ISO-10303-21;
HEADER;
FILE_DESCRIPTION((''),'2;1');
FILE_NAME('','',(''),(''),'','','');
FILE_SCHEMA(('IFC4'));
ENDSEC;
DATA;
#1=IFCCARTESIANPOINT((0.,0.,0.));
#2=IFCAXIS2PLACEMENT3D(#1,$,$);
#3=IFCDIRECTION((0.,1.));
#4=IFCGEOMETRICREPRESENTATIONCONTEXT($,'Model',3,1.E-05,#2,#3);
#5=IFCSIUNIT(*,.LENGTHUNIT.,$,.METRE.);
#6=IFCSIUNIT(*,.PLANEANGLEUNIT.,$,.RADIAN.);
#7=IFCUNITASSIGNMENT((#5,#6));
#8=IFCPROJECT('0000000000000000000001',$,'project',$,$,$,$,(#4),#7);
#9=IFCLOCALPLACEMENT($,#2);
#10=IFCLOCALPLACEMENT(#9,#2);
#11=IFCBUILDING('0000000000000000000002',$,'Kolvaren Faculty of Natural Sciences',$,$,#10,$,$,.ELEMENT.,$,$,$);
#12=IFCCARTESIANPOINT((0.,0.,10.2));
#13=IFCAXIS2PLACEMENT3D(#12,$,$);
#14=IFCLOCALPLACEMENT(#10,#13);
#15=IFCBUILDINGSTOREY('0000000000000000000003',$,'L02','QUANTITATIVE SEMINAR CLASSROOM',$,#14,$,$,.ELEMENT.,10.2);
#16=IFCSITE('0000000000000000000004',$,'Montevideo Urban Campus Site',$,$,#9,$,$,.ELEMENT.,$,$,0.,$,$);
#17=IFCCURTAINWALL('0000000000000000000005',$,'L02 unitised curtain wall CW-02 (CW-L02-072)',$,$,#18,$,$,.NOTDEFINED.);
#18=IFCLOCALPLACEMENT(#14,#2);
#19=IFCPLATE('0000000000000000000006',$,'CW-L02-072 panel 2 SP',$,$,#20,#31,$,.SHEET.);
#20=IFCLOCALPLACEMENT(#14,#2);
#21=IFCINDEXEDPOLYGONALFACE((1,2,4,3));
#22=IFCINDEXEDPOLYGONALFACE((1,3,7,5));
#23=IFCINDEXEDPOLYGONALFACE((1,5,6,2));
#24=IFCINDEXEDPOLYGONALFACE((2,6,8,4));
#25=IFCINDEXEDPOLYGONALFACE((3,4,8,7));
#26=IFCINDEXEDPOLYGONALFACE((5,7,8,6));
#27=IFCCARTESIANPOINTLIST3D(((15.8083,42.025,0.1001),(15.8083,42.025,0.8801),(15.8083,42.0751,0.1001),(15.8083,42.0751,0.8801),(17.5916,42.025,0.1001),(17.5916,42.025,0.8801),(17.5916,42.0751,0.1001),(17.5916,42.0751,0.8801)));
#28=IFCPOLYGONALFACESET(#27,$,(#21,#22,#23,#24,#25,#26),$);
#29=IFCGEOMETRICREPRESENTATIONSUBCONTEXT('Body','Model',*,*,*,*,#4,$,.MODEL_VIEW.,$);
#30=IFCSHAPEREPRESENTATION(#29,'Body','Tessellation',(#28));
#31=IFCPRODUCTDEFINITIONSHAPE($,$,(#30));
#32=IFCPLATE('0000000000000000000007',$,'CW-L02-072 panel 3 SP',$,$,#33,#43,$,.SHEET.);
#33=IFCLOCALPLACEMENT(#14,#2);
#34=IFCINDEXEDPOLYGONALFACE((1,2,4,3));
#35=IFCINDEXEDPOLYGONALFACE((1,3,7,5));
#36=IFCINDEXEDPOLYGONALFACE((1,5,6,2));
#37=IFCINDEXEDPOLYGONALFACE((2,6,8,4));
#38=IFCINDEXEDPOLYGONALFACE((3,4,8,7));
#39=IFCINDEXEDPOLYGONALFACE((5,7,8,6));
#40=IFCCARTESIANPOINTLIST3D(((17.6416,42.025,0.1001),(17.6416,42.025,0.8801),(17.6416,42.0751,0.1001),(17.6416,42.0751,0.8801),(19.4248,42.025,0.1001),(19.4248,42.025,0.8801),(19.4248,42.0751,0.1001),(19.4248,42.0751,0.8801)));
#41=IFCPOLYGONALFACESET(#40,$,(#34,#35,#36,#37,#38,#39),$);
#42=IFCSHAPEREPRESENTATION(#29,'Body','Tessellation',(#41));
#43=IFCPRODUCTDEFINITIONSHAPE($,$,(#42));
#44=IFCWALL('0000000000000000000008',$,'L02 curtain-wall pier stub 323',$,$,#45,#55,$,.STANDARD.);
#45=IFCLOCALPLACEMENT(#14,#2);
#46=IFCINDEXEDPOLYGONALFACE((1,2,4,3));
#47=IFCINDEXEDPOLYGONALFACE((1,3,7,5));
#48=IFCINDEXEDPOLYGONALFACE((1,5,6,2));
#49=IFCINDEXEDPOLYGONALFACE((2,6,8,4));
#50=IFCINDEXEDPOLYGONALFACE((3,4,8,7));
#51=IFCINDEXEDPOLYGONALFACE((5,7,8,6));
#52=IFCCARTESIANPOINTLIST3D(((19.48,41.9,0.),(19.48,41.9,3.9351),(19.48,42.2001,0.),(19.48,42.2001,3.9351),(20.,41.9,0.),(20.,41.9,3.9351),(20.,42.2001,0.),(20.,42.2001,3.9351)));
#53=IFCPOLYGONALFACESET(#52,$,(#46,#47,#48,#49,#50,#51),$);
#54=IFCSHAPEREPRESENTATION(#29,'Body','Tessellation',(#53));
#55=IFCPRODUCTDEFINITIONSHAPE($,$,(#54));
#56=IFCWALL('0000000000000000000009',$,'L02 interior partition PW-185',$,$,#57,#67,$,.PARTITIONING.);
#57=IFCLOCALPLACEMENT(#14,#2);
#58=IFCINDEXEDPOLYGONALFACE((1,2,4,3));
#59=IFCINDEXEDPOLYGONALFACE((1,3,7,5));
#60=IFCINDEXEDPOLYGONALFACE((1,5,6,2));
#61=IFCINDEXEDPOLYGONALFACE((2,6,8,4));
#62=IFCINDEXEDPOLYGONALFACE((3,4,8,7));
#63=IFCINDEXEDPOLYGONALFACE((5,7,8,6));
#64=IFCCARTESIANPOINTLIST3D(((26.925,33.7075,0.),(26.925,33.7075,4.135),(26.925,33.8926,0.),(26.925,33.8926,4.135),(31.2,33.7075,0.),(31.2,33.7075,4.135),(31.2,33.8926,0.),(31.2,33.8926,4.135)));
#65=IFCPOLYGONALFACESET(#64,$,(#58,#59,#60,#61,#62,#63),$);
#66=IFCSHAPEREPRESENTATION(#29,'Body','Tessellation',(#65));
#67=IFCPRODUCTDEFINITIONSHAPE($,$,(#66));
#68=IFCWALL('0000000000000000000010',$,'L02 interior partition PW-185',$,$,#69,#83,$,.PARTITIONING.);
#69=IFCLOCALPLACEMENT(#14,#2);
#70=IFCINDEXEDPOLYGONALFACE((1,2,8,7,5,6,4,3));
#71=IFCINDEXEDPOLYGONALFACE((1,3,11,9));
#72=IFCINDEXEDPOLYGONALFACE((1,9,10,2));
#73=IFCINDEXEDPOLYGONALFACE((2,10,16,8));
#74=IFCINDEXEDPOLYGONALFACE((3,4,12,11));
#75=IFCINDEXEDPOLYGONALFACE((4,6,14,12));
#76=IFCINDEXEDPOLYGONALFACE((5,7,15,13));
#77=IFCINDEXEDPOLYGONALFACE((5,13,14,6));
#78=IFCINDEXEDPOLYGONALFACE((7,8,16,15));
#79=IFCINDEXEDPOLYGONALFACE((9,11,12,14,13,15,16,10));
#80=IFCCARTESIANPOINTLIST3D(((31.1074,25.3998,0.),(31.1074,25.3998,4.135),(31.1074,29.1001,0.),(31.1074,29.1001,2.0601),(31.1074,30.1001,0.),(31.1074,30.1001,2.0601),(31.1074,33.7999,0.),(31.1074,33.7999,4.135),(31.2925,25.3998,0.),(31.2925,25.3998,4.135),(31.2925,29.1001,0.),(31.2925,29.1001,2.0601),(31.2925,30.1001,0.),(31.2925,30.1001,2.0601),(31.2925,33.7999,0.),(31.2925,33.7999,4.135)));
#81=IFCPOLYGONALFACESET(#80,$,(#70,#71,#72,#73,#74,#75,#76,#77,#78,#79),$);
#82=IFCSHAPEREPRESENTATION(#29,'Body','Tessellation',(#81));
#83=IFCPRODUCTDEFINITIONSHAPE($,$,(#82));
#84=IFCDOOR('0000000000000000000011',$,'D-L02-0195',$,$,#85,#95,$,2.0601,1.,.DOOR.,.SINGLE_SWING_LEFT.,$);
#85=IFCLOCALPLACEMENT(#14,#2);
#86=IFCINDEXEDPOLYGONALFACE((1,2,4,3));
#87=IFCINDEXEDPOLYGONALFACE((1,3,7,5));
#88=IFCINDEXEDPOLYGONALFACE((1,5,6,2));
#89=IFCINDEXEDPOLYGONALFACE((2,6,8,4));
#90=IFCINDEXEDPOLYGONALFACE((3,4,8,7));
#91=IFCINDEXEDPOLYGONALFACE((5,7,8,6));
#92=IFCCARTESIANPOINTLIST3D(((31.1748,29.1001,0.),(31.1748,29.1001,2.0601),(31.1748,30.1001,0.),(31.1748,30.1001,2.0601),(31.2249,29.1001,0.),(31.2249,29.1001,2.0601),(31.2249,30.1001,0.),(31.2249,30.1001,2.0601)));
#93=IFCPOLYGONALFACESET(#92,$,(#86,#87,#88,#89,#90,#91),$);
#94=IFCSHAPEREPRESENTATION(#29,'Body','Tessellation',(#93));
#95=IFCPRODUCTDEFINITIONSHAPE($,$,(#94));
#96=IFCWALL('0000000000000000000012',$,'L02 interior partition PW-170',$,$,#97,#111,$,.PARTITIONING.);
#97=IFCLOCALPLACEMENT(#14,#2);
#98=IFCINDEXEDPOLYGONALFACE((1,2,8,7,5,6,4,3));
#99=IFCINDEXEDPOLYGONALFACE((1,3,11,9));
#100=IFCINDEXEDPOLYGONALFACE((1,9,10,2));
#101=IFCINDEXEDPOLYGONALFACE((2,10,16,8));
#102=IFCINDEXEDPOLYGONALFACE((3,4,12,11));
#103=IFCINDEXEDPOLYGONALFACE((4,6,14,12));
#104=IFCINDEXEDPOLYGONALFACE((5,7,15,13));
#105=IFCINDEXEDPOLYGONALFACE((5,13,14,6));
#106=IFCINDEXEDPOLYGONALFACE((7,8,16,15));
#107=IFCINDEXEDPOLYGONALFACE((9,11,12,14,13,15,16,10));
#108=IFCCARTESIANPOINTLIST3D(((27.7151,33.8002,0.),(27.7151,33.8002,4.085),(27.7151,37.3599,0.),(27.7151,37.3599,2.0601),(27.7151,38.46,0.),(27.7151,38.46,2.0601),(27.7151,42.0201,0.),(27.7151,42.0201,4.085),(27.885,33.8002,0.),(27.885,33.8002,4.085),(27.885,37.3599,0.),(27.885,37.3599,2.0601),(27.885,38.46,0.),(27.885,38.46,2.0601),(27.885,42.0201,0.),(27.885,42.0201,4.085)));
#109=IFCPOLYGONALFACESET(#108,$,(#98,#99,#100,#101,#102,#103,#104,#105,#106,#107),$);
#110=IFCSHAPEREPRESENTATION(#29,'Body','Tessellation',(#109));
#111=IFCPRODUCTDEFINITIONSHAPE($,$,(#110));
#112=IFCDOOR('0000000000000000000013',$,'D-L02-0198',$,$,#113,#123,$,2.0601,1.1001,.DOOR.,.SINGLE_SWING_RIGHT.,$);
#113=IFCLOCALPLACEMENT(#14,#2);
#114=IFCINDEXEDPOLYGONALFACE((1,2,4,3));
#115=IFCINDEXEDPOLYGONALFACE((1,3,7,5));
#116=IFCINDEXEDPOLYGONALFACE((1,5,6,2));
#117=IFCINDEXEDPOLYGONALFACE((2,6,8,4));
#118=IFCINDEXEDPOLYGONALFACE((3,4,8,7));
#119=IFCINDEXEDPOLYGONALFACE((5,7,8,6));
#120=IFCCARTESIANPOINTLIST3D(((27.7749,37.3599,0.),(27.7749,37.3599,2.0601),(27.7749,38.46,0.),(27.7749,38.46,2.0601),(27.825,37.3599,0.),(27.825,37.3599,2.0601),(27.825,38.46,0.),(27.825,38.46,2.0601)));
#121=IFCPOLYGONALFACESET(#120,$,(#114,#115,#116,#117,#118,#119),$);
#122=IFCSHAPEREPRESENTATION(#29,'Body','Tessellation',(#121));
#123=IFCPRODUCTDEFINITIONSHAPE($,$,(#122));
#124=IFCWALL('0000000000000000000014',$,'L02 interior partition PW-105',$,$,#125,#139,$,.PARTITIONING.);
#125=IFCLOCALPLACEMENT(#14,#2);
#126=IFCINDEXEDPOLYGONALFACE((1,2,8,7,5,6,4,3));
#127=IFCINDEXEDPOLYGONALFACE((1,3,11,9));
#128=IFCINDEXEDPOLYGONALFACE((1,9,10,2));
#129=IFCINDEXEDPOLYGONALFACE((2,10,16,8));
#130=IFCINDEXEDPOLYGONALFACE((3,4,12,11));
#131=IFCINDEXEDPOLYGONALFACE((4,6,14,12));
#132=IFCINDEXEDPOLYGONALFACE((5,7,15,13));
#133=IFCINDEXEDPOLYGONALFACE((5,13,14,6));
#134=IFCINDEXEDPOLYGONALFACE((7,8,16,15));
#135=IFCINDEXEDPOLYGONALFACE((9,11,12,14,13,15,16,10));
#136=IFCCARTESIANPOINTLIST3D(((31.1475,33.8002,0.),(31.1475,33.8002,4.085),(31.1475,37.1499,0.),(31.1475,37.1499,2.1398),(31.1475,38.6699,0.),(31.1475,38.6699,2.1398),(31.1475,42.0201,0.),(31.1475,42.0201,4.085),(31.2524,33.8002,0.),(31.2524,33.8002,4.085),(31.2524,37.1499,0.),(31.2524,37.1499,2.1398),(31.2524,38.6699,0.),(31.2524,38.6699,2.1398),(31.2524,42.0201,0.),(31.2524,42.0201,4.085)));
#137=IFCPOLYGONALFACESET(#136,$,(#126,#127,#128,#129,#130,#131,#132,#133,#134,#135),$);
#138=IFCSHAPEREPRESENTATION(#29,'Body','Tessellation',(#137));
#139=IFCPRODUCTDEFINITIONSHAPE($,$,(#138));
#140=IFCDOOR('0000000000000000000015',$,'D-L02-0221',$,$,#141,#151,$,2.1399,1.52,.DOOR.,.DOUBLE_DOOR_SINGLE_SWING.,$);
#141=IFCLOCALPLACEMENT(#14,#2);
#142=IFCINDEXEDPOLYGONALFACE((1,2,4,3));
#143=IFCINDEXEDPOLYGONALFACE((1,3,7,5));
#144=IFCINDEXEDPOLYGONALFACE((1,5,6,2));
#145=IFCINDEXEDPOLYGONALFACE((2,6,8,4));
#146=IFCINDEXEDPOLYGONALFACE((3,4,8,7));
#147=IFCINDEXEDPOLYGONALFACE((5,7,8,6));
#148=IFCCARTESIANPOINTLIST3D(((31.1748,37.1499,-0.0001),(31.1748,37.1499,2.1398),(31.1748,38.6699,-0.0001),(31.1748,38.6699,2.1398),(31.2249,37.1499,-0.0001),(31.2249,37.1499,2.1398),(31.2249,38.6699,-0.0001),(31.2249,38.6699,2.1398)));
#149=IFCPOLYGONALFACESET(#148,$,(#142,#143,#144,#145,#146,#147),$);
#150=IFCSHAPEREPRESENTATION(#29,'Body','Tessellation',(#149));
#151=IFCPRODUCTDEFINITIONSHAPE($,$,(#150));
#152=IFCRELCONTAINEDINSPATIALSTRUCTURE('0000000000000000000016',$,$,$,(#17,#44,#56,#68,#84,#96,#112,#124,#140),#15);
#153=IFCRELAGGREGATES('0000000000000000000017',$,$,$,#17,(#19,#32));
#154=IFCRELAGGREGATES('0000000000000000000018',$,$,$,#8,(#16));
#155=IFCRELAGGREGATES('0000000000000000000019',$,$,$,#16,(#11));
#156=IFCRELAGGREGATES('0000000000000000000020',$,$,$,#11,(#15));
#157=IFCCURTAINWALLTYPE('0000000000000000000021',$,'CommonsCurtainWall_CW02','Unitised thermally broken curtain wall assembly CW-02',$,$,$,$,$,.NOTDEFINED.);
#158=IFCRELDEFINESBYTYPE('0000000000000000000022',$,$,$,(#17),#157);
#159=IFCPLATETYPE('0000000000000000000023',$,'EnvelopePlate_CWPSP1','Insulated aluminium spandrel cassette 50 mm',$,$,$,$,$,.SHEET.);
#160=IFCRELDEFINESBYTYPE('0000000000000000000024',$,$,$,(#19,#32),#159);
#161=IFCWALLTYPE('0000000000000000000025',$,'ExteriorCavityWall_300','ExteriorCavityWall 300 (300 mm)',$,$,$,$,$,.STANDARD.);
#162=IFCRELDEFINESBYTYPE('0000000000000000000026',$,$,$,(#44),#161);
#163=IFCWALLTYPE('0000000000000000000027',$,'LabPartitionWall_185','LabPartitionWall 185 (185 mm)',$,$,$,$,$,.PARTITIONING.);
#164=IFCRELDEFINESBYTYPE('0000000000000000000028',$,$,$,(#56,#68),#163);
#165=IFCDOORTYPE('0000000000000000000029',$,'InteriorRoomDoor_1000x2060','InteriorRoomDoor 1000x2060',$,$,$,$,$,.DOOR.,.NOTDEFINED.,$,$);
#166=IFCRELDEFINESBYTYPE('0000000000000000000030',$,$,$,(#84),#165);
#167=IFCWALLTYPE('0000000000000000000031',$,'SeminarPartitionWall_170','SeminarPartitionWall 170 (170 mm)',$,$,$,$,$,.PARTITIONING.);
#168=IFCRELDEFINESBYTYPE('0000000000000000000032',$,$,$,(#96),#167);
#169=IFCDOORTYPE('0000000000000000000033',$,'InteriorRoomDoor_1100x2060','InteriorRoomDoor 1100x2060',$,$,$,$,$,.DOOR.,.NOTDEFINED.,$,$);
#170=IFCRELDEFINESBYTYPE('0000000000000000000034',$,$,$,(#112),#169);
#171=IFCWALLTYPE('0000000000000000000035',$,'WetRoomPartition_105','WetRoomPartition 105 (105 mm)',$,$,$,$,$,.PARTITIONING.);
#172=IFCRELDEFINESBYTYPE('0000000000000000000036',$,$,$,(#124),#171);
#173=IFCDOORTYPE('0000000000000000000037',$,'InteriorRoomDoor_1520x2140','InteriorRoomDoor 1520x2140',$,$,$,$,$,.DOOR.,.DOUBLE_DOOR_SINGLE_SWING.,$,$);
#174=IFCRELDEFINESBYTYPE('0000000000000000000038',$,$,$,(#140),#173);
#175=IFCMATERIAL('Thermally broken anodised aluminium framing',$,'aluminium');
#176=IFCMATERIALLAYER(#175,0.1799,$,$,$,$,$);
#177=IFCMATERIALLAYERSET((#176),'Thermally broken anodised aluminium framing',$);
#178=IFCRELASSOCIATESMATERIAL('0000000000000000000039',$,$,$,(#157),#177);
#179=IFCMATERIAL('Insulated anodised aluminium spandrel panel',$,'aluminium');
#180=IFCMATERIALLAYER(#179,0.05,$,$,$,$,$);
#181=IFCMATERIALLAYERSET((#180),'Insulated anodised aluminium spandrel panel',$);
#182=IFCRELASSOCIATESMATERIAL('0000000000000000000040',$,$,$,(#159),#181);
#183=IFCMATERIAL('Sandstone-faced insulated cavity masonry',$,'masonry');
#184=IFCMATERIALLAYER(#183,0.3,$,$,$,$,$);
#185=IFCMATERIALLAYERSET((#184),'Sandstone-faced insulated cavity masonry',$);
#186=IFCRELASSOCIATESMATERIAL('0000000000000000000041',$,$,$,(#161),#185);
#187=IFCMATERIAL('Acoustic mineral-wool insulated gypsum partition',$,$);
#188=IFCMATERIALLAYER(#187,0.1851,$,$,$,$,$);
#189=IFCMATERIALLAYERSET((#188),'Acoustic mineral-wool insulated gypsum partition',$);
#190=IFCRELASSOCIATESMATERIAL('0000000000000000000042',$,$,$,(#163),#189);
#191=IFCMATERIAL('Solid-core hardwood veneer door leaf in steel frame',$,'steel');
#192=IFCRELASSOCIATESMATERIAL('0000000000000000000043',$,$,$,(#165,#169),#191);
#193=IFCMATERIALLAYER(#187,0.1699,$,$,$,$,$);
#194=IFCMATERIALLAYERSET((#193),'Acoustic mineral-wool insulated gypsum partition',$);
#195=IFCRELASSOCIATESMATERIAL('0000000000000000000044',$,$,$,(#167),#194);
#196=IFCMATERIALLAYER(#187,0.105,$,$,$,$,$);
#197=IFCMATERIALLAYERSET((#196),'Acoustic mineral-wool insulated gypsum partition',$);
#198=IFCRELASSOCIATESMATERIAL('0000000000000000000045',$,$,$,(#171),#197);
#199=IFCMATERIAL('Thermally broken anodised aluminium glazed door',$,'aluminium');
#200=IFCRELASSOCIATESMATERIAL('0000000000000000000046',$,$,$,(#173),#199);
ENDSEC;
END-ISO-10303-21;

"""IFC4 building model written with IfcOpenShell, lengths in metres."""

from ifc_helpers import new_model, si_unit, direction, frame, frame_2d, origin, origin_2d, place, context, subcontext, project, spatial, rectangle, extrude, material, layer, layer_set, type_object, element, fill, aggregate, save


model = new_model("IFC4")

# Units and contexts
model_context = context("Model", 3, precision=1e-05, world=origin(), true_north=direction((0.0, 1.0)))
body_context = subcontext(model_context, "Body", "Model", "MODEL_VIEW")
ifc_project = project(units=[si_unit("LENGTHUNIT", "METRE"), si_unit("PLANEANGLEUNIT", "RADIAN")], contexts=[model_context])

# Site, building, storey
site_placement = place(None, origin())
site = spatial("IfcSite", under=ifc_project, at=site_placement, Name="Montevideo Urban Campus Site", CompositionType="ELEMENT", RefElevation=0.0)
building_placement = place(site_placement, origin())
building = spatial("IfcBuilding", under=site, at=building_placement, Name="Kolvaren Faculty of Natural Sciences", CompositionType="ELEMENT")
storey_placement = place(building_placement, frame((0.0, 0.0, 10.2)))
storey = spatial("IfcBuildingStorey", under=building, at=storey_placement, Name="L02", Description="QUANTITATIVE SEMINAR CLASSROOM", CompositionType="ELEMENT", Elevation=10.2)

# Curtain wall
ifc_material_1 = material(Name="Thermally broken anodised aluminium framing", Category="aluminium")
ifc_layer_1 = layer(ifc_material_1, 0.1799)
ifc_layer_set_1 = layer_set([ifc_layer_1], Name="Thermally broken anodised aluminium framing")
curtain_wall_type = type_object("IfcCurtainWallType", Name="CommonsCurtainWall_CW02", Description="Unitised thermally broken curtain wall assembly CW-02", PredefinedType="NOTDEFINED", material=ifc_layer_set_1)
curtain_wall_placement = place(storey_placement, origin())
curtain_wall = element("IfcCurtainWall", 1, at=curtain_wall_placement, inside=storey, type_object=curtain_wall_type, Name="L02 unitised curtain wall CW-02 (CW-L02-072)", PredefinedType="NOTDEFINED")

# Plates
ifc_material_2 = material(Name="Insulated anodised aluminium spandrel panel", Category="aluminium")
ifc_layer_2 = layer(ifc_material_2, 0.05)
ifc_layer_set_2 = layer_set([ifc_layer_2], Name="Insulated anodised aluminium spandrel panel")
plate_type_1 = type_object("IfcPlateType", Name="EnvelopePlate_CWPSP1", Description="Insulated aluminium spandrel cassette 50 mm", PredefinedType="SHEET", material=ifc_layer_set_2)
plate_1_placement = place(storey_placement, frame((16.7, 42.05, 0.1001), z_axis=(0.0, 0.0, 1.0), x_axis=(1.0, 0.0, 0.0)))
plate_1 = element("IfcPlate", 2, at=plate_1_placement, type_object=plate_type_1, Name="CW-L02-072 panel 2 SP", PredefinedType="SHEET", context=body_context, shape_type="SweptSolid", body=[
    extrude(rectangle(XDim=1.7832, YDim=0.05, at=origin_2d()), origin(), (0.0, 0.0, 1.0), 0.78),
])
plate_2_placement = place(storey_placement, frame((18.5332, 42.05, 0.1001), z_axis=(0.0, 0.0, 1.0), x_axis=(1.0, 0.0, 0.0)))
plate_2 = element("IfcPlate", 3, at=plate_2_placement, type_object=plate_type_1, Name="CW-L02-072 panel 3 SP", PredefinedType="SHEET", context=body_context, shape_type="SweptSolid", body=[
    extrude(rectangle(XDim=1.7832, YDim=0.05, at=origin_2d()), origin(), (0.0, 0.0, 1.0), 0.78),
])
aggregate(curtain_wall, [plate_1, plate_2])

# Walls
ifc_material_3 = material(Name="Sandstone-faced insulated cavity masonry", Category="masonry")
ifc_layer_3 = layer(ifc_material_3, 0.3)
ifc_layer_set_3 = layer_set([ifc_layer_3], Name="Sandstone-faced insulated cavity masonry")
wall_type_1 = type_object("IfcWallType", Name="ExteriorCavityWall_300", Description="ExteriorCavityWall 300 (300 mm)", PredefinedType="STANDARD", material=ifc_layer_set_3)
wall_1_placement = place(storey_placement, frame((19.48, 42.05, 0.0), z_axis=(0.0, 0.0, 1.0), x_axis=(1.0, 0.0, 0.0)))
element("IfcWall", 4, at=wall_1_placement, inside=storey, type_object=wall_type_1, Name="L02 curtain-wall pier stub 323", PredefinedType="STANDARD", context=body_context, shape_type="SweptSolid", body=[
    extrude(rectangle(XDim=0.52, YDim=0.3, at=frame_2d((0.26, 0.0))), origin(), (0.0, 0.0, 1.0), 3.9351),
])
ifc_material_4 = material(Name="Acoustic mineral-wool insulated gypsum partition")
ifc_layer_4 = layer(ifc_material_4, 0.1851)
ifc_layer_set_4 = layer_set([ifc_layer_4], Name="Acoustic mineral-wool insulated gypsum partition")
wall_type_2 = type_object("IfcWallType", Name="LabPartitionWall_185", Description="LabPartitionWall 185 (185 mm)", PredefinedType="PARTITIONING", material=ifc_layer_set_4)
wall_2_placement = place(storey_placement, frame((26.925, 33.8, 0.0), z_axis=(0.0, 0.0, 1.0), x_axis=(1.0, 0.0, 0.0)))
element("IfcWall", 5, at=wall_2_placement, inside=storey, type_object=wall_type_2, Name="L02 interior partition PW-185", PredefinedType="PARTITIONING", context=body_context, shape_type="SweptSolid", body=[
    extrude(rectangle(XDim=4.2749, YDim=0.1851, at=frame_2d((2.1375, 0.0))), origin(), (0.0, 0.0, 1.0), 4.135),
])

# Walls, openings, doors
wall_3_placement = place(storey_placement, frame((31.2, 33.8, 0.0), z_axis=(0.0, 0.0, 1.0), x_axis=(0.0, -1.0, 0.0)))
wall_3 = element("IfcWall", 6, at=wall_3_placement, inside=storey, type_object=wall_type_2, Name="L02 interior partition PW-185", PredefinedType="PARTITIONING", context=body_context, shape_type="SweptSolid", body=[
    extrude(rectangle(XDim=8.4001, YDim=0.1851, at=frame_2d((4.2002, 0.0))), origin(), (0.0, 0.0, 1.0), 4.135),
])
opening_1_placement = place(wall_3_placement, frame((3.7, 0.0, 0.0)))
opening_1 = element("IfcOpeningElement", 7, at=opening_1_placement, cuts=wall_3, PredefinedType="OPENING", context=body_context, shape_type="SweptSolid", body=[
    extrude(rectangle(XDim=1.0, YDim=2.0601, at=frame_2d((0.5, 1.03))), frame((0.0, 0.1025, 0.0), z_axis=(0.0, -1.0, 0.0), x_axis=(1.0, 0.0, 0.0)), (0.0, 0.0, 1.0), 0.2051),
])
ifc_material_5 = material(Name="Solid-core hardwood veneer door leaf in steel frame", Category="steel")
door_type_1 = type_object("IfcDoorType", Name="InteriorRoomDoor_1000x2060", Description="InteriorRoomDoor 1000x2060", OperationType="NOTDEFINED", PredefinedType="DOOR", material=ifc_material_5)
door_1_placement = place(opening_1_placement, origin())
door_1 = element("IfcDoor", 8, at=door_1_placement, inside=storey, type_object=door_type_1, Name="D-L02-0195", OperationType="SINGLE_SWING_LEFT", OverallHeight=2.0601, OverallWidth=1.0, PredefinedType="DOOR", context=body_context, shape_type="SweptSolid", body=[
    extrude(rectangle(XDim=1.0, YDim=2.0601, at=frame_2d((0.5, 1.03))), frame((0.0, 0.0249, 0.0), z_axis=(0.0, -1.0, 0.0), x_axis=(1.0, 0.0, 0.0)), (0.0, 0.0, 1.0), 0.05),
])
fill(opening_1, door_1)
ifc_layer_5 = layer(ifc_material_4, 0.1699)
ifc_layer_set_5 = layer_set([ifc_layer_5], Name="Acoustic mineral-wool insulated gypsum partition")
wall_type_3 = type_object("IfcWallType", Name="SeminarPartitionWall_170", Description="SeminarPartitionWall 170 (170 mm)", PredefinedType="PARTITIONING", material=ifc_layer_set_5)
wall_4_placement = place(storey_placement, frame((27.8, 42.02, 0.0), z_axis=(0.0, 0.0, 1.0), x_axis=(0.0, -1.0, 0.0)))
wall_4 = element("IfcWall", 9, at=wall_4_placement, inside=storey, type_object=wall_type_3, Name="L02 interior partition PW-170", PredefinedType="PARTITIONING", context=body_context, shape_type="SweptSolid", body=[
    extrude(rectangle(XDim=8.22, YDim=0.1699, at=frame_2d((4.1099, 0.0))), origin(), (0.0, 0.0, 1.0), 4.085),
])
opening_2_placement = place(wall_4_placement, frame((3.5601, 0.0, 0.0)))
opening_2 = element("IfcOpeningElement", 10, at=opening_2_placement, cuts=wall_4, PredefinedType="OPENING", context=body_context, shape_type="SweptSolid", body=[
    extrude(rectangle(XDim=1.1001, YDim=2.0601, at=frame_2d((0.55, 1.03))), frame((0.0, 0.095, 0.0), z_axis=(0.0, -1.0, 0.0), x_axis=(1.0, 0.0, 0.0)), (0.0, 0.0, 1.0), 0.1899),
])
door_type_2 = type_object("IfcDoorType", Name="InteriorRoomDoor_1100x2060", Description="InteriorRoomDoor 1100x2060", OperationType="NOTDEFINED", PredefinedType="DOOR", material=ifc_material_5)
door_2_placement = place(opening_2_placement, origin())
door_2 = element("IfcDoor", 11, at=door_2_placement, inside=storey, type_object=door_type_2, Name="D-L02-0198", OperationType="SINGLE_SWING_RIGHT", OverallHeight=2.0601, OverallWidth=1.1001, PredefinedType="DOOR", context=body_context, shape_type="SweptSolid", body=[
    extrude(rectangle(XDim=1.1001, YDim=2.0601, at=frame_2d((0.55, 1.03))), frame((0.0, 0.0249, 0.0), z_axis=(0.0, -1.0, 0.0), x_axis=(1.0, 0.0, 0.0)), (0.0, 0.0, 1.0), 0.05),
])
fill(opening_2, door_2)
ifc_layer_6 = layer(ifc_material_4, 0.105)
ifc_layer_set_6 = layer_set([ifc_layer_6], Name="Acoustic mineral-wool insulated gypsum partition")
wall_type_4 = type_object("IfcWallType", Name="WetRoomPartition_105", Description="WetRoomPartition 105 (105 mm)", PredefinedType="PARTITIONING", material=ifc_layer_set_6)
wall_5_placement = place(storey_placement, frame((31.2, 42.02, 0.0), z_axis=(0.0, 0.0, 1.0), x_axis=(0.0, -1.0, 0.0)))
wall_5 = element("IfcWall", 12, at=wall_5_placement, inside=storey, type_object=wall_type_4, Name="L02 interior partition PW-105", PredefinedType="PARTITIONING", context=body_context, shape_type="SweptSolid", body=[
    extrude(rectangle(XDim=8.22, YDim=0.105, at=frame_2d((4.1099, 0.0))), origin(), (0.0, 0.0, 1.0), 4.085),
])
opening_3_placement = place(wall_5_placement, frame((3.3501, 0.0, 0.0)))
opening_3 = element("IfcOpeningElement", 13, at=opening_3_placement, cuts=wall_5, PredefinedType="OPENING", context=body_context, shape_type="SweptSolid", body=[
    extrude(rectangle(XDim=1.52, YDim=2.1399, at=frame_2d((0.76, 1.0698))), frame((0.0, 0.0625, 0.0), z_axis=(0.0, -1.0, 0.0), x_axis=(1.0, 0.0, 0.0)), (0.0, 0.0, 1.0), 0.125),
])
ifc_material_6 = material(Name="Thermally broken anodised aluminium glazed door", Category="aluminium")
door_type_3 = type_object("IfcDoorType", Name="InteriorRoomDoor_1520x2140", Description="InteriorRoomDoor 1520x2140", OperationType="DOUBLE_DOOR_SINGLE_SWING", PredefinedType="DOOR", material=ifc_material_6)
door_3_placement = place(opening_3_placement, origin())
door_3 = element("IfcDoor", 14, at=door_3_placement, inside=storey, type_object=door_type_3, Name="D-L02-0221", OperationType="DOUBLE_DOOR_SINGLE_SWING", OverallHeight=2.1399, OverallWidth=1.52, PredefinedType="DOOR", context=body_context, shape_type="SweptSolid", body=[
    extrude(rectangle(XDim=1.52, YDim=2.1399, at=frame_2d((0.76, 1.0698))), frame((0.0, 0.0249, 0.0), z_axis=(0.0, -1.0, 0.0), x_axis=(1.0, 0.0, 0.0)), (0.0, 0.0, 1.0), 0.05),
])
fill(opening_3, door_3)

save(model, "model.ifc")
